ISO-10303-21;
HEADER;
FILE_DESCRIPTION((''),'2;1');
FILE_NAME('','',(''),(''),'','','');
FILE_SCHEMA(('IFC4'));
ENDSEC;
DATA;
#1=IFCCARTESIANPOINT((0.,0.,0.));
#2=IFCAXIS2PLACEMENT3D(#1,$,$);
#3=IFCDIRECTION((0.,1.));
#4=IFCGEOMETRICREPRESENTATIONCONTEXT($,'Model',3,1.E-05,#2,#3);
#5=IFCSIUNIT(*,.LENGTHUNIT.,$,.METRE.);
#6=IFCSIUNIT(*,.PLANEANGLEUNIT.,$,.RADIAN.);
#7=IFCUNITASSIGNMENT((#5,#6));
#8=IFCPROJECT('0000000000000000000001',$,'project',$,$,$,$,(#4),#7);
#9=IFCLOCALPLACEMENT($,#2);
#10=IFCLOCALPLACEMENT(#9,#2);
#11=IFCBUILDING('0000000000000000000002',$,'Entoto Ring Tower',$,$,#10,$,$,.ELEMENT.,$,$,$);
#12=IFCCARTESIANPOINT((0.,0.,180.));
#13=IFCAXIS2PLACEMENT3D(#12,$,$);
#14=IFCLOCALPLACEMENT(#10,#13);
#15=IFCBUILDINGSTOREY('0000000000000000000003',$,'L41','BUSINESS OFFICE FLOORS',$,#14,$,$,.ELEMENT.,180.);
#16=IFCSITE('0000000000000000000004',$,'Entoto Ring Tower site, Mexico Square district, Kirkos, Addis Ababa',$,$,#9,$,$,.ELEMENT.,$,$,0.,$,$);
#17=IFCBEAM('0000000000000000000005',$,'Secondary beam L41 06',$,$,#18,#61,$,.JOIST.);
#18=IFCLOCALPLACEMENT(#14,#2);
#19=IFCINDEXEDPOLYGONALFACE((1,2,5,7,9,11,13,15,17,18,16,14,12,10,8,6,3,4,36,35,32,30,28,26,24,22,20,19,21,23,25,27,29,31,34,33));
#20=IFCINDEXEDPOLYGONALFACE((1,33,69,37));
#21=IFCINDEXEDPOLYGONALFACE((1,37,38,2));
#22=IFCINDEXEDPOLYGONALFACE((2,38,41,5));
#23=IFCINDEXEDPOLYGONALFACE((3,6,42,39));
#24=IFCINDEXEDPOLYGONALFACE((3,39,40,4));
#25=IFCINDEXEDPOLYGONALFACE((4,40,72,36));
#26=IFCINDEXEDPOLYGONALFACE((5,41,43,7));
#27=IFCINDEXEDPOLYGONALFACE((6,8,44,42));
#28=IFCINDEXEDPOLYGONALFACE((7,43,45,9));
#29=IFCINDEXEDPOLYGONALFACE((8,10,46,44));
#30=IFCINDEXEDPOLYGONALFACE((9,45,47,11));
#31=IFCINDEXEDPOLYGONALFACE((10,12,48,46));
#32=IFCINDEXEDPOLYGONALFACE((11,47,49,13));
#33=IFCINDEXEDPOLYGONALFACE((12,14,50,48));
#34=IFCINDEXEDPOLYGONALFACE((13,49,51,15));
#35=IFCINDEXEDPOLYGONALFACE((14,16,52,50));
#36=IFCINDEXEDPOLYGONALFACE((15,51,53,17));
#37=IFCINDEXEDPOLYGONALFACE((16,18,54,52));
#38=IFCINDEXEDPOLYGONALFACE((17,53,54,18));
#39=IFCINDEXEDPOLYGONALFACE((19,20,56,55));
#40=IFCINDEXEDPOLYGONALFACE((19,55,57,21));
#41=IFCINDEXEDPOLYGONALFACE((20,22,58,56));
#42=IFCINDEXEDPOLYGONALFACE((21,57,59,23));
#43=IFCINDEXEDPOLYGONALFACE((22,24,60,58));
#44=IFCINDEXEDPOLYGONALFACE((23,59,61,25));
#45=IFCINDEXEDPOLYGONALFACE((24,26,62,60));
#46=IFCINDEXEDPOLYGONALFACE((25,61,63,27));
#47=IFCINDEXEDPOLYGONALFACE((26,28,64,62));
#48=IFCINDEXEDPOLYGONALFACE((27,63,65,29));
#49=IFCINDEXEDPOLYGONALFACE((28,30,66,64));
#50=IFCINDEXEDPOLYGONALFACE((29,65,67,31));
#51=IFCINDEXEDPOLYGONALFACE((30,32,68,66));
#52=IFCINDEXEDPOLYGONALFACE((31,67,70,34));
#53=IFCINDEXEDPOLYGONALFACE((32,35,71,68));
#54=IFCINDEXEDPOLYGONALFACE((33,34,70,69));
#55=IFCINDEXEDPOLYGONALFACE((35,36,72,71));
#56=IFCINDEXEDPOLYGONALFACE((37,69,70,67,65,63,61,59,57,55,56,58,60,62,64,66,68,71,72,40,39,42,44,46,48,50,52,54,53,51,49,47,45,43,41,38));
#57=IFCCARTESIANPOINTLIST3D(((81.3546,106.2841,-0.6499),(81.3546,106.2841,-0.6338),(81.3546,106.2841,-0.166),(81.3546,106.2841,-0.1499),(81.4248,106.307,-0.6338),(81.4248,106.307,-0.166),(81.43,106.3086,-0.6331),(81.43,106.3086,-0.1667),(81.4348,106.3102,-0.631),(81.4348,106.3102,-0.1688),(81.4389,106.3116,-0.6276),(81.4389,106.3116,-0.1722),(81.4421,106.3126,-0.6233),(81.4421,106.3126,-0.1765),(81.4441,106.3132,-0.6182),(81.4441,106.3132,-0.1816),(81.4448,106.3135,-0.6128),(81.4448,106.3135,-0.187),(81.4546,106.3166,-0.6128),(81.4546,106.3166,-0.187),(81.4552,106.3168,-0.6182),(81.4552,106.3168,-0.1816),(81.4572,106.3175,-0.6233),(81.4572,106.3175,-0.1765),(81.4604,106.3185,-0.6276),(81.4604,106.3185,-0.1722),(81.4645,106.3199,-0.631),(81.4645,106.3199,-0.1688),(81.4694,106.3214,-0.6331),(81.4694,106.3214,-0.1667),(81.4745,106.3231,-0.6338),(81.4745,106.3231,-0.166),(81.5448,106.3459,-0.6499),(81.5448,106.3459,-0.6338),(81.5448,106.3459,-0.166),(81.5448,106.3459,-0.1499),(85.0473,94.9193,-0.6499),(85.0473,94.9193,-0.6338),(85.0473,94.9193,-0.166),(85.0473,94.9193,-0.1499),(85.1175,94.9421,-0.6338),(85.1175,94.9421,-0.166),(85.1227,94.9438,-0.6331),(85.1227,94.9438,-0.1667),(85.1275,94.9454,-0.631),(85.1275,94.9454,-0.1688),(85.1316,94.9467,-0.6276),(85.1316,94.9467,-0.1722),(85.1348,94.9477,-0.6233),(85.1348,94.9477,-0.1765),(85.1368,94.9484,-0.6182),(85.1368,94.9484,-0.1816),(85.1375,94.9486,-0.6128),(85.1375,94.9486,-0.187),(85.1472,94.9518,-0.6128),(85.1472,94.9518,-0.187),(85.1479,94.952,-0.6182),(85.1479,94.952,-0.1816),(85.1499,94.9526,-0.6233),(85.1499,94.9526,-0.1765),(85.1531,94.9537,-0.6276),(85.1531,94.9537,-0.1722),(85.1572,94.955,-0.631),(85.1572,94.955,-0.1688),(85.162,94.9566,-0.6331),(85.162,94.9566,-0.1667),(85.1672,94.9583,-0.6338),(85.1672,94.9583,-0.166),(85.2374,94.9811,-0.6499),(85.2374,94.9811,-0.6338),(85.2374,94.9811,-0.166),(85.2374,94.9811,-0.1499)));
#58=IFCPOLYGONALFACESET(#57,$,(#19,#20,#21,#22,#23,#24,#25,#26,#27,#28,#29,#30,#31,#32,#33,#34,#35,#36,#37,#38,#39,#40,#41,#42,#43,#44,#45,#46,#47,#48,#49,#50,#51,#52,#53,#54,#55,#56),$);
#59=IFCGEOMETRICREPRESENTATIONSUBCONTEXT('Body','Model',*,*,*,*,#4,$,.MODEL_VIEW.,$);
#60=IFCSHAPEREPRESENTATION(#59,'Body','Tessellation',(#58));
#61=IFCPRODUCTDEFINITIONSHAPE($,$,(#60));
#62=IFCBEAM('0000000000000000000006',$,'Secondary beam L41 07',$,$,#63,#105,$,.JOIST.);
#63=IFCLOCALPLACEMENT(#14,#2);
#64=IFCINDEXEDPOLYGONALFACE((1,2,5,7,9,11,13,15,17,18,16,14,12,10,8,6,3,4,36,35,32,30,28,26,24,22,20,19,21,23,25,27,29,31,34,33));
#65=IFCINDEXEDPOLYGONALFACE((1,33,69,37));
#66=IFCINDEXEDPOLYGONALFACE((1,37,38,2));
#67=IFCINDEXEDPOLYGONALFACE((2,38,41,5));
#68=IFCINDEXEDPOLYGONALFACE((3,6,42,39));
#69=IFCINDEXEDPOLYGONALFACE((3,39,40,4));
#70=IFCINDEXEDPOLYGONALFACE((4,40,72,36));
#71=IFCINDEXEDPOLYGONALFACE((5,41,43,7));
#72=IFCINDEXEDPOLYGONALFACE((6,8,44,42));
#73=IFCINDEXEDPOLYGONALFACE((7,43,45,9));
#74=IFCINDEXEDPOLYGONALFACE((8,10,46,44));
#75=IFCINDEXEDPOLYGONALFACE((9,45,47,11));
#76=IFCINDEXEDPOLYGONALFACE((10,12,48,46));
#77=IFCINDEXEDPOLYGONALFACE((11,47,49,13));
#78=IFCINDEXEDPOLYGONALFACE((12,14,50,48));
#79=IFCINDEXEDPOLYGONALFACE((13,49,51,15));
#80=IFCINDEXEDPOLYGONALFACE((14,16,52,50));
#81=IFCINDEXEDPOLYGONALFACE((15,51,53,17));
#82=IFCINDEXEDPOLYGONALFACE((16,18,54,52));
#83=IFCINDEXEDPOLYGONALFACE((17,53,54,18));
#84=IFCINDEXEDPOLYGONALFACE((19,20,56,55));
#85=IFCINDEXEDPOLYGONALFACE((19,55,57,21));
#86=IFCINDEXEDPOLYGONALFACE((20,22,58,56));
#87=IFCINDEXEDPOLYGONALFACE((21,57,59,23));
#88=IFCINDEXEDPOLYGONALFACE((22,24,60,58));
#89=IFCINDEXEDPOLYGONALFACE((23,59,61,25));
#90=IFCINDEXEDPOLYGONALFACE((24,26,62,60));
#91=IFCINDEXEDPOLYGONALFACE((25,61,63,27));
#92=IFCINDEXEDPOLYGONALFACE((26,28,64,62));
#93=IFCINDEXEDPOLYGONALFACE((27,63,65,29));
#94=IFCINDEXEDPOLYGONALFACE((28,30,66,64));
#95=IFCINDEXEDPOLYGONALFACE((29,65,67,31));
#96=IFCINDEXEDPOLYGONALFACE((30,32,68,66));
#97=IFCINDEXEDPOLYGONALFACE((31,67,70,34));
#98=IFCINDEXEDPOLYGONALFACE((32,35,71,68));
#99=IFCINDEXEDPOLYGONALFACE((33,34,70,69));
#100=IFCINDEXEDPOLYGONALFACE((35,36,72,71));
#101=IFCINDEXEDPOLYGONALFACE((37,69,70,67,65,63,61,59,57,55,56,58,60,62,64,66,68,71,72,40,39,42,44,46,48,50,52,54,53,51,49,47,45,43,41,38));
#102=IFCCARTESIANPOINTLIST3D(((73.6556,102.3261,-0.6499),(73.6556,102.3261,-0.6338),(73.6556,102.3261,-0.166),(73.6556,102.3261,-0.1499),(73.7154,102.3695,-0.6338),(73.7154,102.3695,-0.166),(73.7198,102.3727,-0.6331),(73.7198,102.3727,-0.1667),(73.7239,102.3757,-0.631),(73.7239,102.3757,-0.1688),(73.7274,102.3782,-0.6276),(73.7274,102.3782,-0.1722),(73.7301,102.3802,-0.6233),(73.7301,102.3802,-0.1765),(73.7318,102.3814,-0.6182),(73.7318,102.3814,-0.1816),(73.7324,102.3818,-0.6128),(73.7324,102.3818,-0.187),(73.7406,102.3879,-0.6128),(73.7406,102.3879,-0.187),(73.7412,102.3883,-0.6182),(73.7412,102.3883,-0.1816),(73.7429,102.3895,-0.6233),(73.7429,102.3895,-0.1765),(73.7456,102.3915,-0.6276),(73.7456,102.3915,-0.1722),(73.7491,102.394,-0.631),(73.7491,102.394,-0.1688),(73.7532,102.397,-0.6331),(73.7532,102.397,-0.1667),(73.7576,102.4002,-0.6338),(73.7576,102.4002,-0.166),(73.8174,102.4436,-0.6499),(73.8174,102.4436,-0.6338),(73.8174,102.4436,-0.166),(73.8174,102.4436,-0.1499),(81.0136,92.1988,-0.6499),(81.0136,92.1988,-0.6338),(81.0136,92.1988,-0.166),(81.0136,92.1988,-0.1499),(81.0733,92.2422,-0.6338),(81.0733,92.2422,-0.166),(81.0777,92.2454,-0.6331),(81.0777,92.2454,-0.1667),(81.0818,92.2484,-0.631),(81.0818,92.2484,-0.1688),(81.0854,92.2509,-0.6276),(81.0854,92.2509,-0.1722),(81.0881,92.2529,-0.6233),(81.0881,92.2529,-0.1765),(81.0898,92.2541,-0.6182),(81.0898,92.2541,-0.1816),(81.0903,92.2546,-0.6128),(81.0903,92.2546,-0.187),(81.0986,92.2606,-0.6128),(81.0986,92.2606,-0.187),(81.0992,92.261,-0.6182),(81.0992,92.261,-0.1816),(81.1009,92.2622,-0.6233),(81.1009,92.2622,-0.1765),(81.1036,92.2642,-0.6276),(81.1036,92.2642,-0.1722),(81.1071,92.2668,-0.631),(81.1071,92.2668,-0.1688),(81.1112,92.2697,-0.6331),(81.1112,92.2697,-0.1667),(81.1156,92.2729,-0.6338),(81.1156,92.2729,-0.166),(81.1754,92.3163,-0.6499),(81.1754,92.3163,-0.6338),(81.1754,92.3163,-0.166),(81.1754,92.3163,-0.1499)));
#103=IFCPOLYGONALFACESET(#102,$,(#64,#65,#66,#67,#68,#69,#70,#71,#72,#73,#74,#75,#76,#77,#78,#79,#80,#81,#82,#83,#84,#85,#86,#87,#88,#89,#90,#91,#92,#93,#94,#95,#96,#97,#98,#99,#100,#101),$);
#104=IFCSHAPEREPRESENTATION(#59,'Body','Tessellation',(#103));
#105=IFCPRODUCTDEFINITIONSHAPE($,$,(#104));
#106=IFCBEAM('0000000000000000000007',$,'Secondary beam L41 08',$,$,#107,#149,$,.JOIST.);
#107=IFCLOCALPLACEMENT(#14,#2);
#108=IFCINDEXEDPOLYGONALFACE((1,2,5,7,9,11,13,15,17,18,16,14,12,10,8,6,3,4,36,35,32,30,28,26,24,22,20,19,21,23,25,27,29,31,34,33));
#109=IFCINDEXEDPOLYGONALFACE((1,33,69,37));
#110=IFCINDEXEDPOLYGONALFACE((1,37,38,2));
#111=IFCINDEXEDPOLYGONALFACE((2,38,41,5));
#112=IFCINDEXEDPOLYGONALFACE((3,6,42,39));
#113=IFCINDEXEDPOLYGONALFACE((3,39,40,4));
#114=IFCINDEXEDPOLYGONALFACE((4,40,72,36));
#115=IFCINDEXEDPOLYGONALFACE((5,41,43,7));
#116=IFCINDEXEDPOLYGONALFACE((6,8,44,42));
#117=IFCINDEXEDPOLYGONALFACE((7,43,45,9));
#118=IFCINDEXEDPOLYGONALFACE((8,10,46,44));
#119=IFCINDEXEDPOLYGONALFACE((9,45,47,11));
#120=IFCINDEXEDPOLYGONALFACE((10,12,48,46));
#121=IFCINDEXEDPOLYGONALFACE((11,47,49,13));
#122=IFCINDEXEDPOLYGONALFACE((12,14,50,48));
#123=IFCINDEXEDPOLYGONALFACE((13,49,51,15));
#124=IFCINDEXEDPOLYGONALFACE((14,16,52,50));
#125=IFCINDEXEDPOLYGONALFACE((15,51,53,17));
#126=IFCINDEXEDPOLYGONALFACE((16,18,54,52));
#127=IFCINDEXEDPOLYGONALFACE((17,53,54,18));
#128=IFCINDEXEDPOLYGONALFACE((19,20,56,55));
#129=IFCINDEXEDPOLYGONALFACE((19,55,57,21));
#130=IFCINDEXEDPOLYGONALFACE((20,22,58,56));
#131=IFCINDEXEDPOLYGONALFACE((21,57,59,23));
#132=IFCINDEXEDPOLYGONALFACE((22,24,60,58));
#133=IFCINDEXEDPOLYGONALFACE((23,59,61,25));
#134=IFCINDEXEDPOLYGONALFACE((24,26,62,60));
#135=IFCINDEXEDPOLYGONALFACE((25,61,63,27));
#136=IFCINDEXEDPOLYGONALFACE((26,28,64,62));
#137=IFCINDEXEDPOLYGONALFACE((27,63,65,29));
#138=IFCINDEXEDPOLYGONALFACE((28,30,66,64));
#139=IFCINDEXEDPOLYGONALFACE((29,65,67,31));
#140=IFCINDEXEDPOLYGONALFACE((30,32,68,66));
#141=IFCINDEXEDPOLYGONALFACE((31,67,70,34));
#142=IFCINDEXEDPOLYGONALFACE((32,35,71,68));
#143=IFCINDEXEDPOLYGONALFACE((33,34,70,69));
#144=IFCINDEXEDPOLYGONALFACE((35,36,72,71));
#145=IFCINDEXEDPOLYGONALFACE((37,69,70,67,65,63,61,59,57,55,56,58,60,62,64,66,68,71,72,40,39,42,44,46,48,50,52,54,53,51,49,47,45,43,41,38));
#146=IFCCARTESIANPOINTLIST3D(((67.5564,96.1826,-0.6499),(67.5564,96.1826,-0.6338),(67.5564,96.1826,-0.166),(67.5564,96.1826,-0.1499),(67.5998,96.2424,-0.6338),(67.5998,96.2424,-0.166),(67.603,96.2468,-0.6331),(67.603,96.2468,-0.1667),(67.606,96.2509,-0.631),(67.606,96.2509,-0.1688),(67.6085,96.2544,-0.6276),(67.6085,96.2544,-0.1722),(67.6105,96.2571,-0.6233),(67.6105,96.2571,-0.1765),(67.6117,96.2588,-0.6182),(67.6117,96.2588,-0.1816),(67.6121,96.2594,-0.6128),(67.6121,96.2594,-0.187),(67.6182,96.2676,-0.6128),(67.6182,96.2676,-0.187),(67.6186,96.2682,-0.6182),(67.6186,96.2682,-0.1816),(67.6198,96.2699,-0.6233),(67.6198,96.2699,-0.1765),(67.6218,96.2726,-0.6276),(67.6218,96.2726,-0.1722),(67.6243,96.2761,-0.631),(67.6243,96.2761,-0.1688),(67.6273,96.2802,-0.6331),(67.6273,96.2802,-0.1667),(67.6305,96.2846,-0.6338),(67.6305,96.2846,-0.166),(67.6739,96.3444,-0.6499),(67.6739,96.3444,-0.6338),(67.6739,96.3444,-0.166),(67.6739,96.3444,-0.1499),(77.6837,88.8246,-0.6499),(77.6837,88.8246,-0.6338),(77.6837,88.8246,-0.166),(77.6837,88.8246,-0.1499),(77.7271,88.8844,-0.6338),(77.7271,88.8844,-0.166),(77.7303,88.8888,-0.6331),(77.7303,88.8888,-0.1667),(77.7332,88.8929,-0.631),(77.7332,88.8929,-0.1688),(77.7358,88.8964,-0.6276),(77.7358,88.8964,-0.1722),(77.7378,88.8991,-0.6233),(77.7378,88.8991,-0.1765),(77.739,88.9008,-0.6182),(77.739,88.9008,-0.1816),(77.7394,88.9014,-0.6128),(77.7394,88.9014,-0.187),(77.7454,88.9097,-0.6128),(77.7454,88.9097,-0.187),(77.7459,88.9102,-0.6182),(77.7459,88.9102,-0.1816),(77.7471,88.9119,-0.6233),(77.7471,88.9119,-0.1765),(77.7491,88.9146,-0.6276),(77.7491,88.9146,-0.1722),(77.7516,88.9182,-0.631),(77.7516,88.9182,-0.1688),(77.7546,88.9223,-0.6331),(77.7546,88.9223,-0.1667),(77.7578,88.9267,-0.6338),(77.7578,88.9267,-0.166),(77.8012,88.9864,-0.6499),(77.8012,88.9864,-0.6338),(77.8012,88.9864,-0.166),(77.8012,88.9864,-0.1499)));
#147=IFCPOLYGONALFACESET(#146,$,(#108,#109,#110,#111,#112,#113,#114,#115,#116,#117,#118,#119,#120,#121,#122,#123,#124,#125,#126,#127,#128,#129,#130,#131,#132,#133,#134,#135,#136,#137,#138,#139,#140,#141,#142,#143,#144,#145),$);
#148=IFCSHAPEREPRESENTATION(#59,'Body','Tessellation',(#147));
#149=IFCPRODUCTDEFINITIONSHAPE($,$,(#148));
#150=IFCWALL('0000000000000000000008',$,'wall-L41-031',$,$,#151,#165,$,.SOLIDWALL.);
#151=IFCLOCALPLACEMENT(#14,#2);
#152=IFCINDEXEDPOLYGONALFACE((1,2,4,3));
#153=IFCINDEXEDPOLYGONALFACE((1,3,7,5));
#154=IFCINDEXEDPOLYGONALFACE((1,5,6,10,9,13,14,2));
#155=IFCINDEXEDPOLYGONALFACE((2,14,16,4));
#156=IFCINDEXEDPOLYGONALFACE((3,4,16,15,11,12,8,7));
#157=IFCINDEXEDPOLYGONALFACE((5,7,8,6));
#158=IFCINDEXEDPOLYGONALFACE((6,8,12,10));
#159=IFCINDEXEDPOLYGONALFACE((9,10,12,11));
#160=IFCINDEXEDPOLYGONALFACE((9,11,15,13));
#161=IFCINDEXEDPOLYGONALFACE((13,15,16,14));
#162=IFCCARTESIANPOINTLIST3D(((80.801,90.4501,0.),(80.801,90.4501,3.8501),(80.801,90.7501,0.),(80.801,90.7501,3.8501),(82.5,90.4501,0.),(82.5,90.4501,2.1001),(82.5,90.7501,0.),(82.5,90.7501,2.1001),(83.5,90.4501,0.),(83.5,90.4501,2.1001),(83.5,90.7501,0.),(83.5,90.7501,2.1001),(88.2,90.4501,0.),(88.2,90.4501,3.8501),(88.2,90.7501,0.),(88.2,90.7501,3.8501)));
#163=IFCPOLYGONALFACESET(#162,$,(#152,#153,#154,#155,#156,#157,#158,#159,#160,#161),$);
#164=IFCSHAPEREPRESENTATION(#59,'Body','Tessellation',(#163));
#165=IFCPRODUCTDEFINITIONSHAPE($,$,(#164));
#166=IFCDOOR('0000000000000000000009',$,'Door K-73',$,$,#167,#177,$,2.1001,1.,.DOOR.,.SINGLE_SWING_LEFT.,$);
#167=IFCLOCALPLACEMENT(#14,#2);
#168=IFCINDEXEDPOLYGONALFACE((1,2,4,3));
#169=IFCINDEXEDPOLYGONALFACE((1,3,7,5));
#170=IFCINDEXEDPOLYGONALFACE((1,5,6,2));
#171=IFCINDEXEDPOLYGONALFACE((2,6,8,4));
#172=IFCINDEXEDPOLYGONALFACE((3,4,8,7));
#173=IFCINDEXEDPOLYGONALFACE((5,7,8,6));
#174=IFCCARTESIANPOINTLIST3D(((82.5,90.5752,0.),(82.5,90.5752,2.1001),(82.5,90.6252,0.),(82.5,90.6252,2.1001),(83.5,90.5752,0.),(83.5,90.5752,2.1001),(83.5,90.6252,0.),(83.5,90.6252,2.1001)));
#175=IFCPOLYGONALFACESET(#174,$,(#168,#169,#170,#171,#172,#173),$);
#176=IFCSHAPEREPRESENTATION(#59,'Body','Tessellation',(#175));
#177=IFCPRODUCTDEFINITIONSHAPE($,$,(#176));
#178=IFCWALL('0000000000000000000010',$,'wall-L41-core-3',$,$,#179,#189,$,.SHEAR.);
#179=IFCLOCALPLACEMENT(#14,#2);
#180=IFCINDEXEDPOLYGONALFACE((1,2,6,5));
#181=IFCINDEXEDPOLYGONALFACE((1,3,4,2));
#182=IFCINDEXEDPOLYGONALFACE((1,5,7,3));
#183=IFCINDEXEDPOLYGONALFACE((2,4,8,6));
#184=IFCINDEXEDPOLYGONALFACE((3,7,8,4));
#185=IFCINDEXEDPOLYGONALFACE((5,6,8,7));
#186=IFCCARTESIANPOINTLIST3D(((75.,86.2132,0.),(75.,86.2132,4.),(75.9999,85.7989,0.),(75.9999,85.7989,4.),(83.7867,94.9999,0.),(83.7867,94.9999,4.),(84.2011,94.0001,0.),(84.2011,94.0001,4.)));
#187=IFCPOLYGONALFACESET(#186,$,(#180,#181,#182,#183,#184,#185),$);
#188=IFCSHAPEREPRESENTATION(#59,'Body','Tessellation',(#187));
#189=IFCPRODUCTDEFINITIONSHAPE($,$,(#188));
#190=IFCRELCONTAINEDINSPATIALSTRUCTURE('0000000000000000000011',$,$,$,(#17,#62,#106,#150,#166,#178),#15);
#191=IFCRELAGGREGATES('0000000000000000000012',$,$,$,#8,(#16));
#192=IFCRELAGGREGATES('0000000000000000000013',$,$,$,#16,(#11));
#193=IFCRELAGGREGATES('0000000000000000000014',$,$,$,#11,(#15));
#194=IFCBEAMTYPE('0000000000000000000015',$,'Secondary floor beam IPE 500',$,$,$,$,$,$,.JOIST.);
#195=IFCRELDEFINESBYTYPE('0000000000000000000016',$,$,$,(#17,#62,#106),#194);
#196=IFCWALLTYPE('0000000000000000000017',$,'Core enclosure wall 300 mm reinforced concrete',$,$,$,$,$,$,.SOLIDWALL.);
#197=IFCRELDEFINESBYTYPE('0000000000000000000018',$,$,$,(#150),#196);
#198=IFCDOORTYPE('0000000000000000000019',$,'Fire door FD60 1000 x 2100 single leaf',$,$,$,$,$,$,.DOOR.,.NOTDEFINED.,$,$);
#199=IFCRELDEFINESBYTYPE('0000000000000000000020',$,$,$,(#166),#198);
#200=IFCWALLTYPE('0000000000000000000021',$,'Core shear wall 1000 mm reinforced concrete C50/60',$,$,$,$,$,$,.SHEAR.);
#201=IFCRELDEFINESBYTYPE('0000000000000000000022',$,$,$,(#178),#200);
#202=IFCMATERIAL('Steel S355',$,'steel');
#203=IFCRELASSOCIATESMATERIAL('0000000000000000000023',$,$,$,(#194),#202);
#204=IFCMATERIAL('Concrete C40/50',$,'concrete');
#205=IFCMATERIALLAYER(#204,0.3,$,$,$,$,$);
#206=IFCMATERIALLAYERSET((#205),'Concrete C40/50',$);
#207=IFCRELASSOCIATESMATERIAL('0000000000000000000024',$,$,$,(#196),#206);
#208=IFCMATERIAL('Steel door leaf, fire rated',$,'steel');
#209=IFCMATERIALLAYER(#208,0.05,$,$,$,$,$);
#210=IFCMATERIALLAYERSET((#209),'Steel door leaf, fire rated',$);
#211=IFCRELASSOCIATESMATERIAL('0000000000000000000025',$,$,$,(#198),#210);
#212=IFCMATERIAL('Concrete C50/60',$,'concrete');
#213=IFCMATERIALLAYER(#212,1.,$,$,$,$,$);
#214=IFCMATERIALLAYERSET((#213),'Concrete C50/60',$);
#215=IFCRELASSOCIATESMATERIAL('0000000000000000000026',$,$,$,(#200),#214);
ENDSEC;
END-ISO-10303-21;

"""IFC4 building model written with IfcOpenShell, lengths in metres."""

from ifc_helpers import new_model, si_unit, direction, frame, frame_2d, origin, origin_2d, place, context, subcontext, project, spatial, polyline, rectangle, i_section, outline, extrude, material, layer, layer_set, material_profile, profile_set, type_object, element, fill, save


model = new_model("IFC4")

# Units and contexts
model_context = context("Model", 3, precision=1e-05, world=origin(), true_north=direction((0.0, 1.0)))
body_context = subcontext(model_context, "Body", "Model", "MODEL_VIEW")
ifc_project = project(units=[si_unit("LENGTHUNIT", "METRE"), si_unit("PLANEANGLEUNIT", "RADIAN")], contexts=[model_context])

# Site, building, storey
site_placement = place(None, origin())
site = spatial("IfcSite", under=ifc_project, at=site_placement, Name="Entoto Ring Tower site, Mexico Square district, Kirkos, Addis Ababa", CompositionType="ELEMENT", RefElevation=0.0)
building_placement = place(site_placement, origin())
building = spatial("IfcBuilding", under=site, at=building_placement, Name="Entoto Ring Tower", CompositionType="ELEMENT")
storey_placement = place(building_placement, frame((0.0, 0.0, 180.0)))
storey = spatial("IfcBuildingStorey", under=building, at=storey_placement, Name="L41", Description="BUSINESS OFFICE FLOORS", CompositionType="ELEMENT", Elevation=180.0)

# Beams
ifc_material_1 = material(Name="Steel S355", Category="steel")
ifc_material_profile_1 = material_profile(ifc_material_1, i_section(OverallWidth=0.2, OverallDepth=0.5, WebThickness=0.0103, FlangeThickness=0.0161, FilletRadius=0.021, at=origin_2d()), Name="IPE 500")
ifc_profile_set_1 = profile_set([ifc_material_profile_1], Name="Steel S355")
beam_type_1 = type_object("IfcBeamType", Name="Secondary floor beam IPE 500", PredefinedType="JOIST", material=ifc_profile_set_1)
beam_1_placement = place(storey_placement, frame((85.1423, 94.9502, -0.3999), z_axis=(-0.309017, 0.951057, 0.0), x_axis=(-0.951057, -0.309017, 0.0)))
element("IfcBeam", 1, at=beam_1_placement, inside=storey, type_object=beam_type_1, Name="Secondary beam L41 06", PredefinedType="JOIST", context=body_context, shape_type="SweptSolid", body=[
    extrude(i_section(OverallWidth=0.2, OverallDepth=0.5, WebThickness=0.0103, FlangeThickness=0.0161, FilletRadius=0.021, at=origin_2d()), origin(), (0.0, 0.0, 1.0), 11.9497),
])
for number, where, z_axis, x_axis, name in (
    (2, (81.0945, 92.2576, -0.3999), (-0.587789, 0.809014, 0.0), (-0.809014, -0.587789, 0.0), "Secondary beam L41 07"),
    (3, (77.7424, 88.9055, -0.3999), (-0.809014, 0.587789, 0.0), (-0.587789, -0.809014, 0.0), "Secondary beam L41 08"),
):
    element("IfcBeam", number, at=place(storey_placement, frame(where, z_axis=z_axis, x_axis=x_axis)), inside=storey, type_object=beam_type_1, Name=name, PredefinedType="JOIST", context=body_context, shape_type="SweptSolid", body=[
        extrude(i_section(OverallWidth=0.2, OverallDepth=0.5, WebThickness=0.0103, FlangeThickness=0.0161, FilletRadius=0.021, at=origin_2d()), origin(), (0.0, 0.0, 1.0), 12.5181),
    ])

# Wall, opening, door
ifc_material_2 = material(Name="Concrete C40/50", Category="concrete")
ifc_layer_1 = layer(ifc_material_2, 0.3)
ifc_layer_set_1 = layer_set([ifc_layer_1], Name="Concrete C40/50")
wall_type_1 = type_object("IfcWallType", Name="Core enclosure wall 300 mm reinforced concrete", PredefinedType="SOLIDWALL", material=ifc_layer_set_1)
wall_1_placement = place(storey_placement, frame((80.801, 90.6001, 0.0), z_axis=(0.0, 0.0, 1.0), x_axis=(1.0, 0.0, 0.0)))
wall_1 = element("IfcWall", 4, at=wall_1_placement, inside=storey, type_object=wall_type_1, Name="wall-L41-031", PredefinedType="SOLIDWALL", context=body_context, shape_type="SweptSolid", body=[
    extrude(rectangle(XDim=7.3989, YDim=0.3, at=frame_2d((3.6995, 0.0))), origin(), (0.0, 0.0, 1.0), 3.8501),
])
opening_1_placement = place(wall_1_placement, frame((1.699, 0.0, 0.0)))
opening_1 = element("IfcOpeningElement", 5, at=opening_1_placement, cuts=wall_1, PredefinedType="OPENING", context=body_context, shape_type="SweptSolid", body=[
    extrude(rectangle(XDim=1.0, YDim=2.1001, at=frame_2d((0.5, 1.05))), frame((0.0, 0.1602, 0.0), z_axis=(0.0, -1.0, 0.0), x_axis=(1.0, 0.0, 0.0)), (0.0, 0.0, 1.0), 0.3201),
])
ifc_material_3 = material(Name="Steel door leaf, fire rated", Category="steel")
ifc_layer_2 = layer(ifc_material_3, 0.05)
ifc_layer_set_2 = layer_set([ifc_layer_2], Name="Steel door leaf, fire rated")
door_type_1 = type_object("IfcDoorType", Name="Fire door FD60 1000 x 2100 single leaf", OperationType="NOTDEFINED", PredefinedType="DOOR", material=ifc_layer_set_2)
door_1_placement = place(opening_1_placement, frame((1.0, 0.0, 0.0), z_axis=(0.0, 0.0, 1.0), x_axis=(-1.0, 0.0, 0.0)))
door_1 = element("IfcDoor", 6, at=door_1_placement, inside=storey, type_object=door_type_1, Name="Door K-73", OperationType="SINGLE_SWING_LEFT", OverallHeight=2.1001, OverallWidth=1.0, PredefinedType="DOOR", context=body_context, shape_type="SweptSolid", body=[
    extrude(rectangle(XDim=1.0, YDim=2.1001, at=frame_2d((0.5, 1.05))), frame((0.0, 0.0249, 0.0), z_axis=(0.0, -1.0, 0.0), x_axis=(1.0, 0.0, 0.0)), (0.0, 0.0, 1.0), 0.05),
])
fill(opening_1, door_1)

# Wall
ifc_material_4 = material(Name="Concrete C50/60", Category="concrete")
ifc_layer_3 = layer(ifc_material_4, 1.0)
ifc_layer_set_3 = layer_set([ifc_layer_3], Name="Concrete C50/60")
wall_type_2 = type_object("IfcWallType", Name="Core shear wall 1000 mm reinforced concrete C50/60", PredefinedType="SHEAR", material=ifc_layer_set_3)
wall_2_placement = place(storey_placement, frame((83.9939, 94.5, 0.0), z_axis=(0.0, 0.0, 1.0), x_axis=(-0.707107, -0.707107, 0.0)))
element("IfcWall", 7, at=wall_2_placement, inside=storey, type_object=wall_type_2, Name="wall-L41-core-3", PredefinedType="SHEAR", context=body_context, shape_type="SweptSolid", body=[
    extrude(outline(polyline([(-0.207, -0.5), (12.2192, -0.5), (11.8052, 0.5), (0.207, 0.5), (-0.207, -0.5)])), origin(), (0.0, 0.0, 1.0), 4.0),
])

save(model, "model.ifc")
